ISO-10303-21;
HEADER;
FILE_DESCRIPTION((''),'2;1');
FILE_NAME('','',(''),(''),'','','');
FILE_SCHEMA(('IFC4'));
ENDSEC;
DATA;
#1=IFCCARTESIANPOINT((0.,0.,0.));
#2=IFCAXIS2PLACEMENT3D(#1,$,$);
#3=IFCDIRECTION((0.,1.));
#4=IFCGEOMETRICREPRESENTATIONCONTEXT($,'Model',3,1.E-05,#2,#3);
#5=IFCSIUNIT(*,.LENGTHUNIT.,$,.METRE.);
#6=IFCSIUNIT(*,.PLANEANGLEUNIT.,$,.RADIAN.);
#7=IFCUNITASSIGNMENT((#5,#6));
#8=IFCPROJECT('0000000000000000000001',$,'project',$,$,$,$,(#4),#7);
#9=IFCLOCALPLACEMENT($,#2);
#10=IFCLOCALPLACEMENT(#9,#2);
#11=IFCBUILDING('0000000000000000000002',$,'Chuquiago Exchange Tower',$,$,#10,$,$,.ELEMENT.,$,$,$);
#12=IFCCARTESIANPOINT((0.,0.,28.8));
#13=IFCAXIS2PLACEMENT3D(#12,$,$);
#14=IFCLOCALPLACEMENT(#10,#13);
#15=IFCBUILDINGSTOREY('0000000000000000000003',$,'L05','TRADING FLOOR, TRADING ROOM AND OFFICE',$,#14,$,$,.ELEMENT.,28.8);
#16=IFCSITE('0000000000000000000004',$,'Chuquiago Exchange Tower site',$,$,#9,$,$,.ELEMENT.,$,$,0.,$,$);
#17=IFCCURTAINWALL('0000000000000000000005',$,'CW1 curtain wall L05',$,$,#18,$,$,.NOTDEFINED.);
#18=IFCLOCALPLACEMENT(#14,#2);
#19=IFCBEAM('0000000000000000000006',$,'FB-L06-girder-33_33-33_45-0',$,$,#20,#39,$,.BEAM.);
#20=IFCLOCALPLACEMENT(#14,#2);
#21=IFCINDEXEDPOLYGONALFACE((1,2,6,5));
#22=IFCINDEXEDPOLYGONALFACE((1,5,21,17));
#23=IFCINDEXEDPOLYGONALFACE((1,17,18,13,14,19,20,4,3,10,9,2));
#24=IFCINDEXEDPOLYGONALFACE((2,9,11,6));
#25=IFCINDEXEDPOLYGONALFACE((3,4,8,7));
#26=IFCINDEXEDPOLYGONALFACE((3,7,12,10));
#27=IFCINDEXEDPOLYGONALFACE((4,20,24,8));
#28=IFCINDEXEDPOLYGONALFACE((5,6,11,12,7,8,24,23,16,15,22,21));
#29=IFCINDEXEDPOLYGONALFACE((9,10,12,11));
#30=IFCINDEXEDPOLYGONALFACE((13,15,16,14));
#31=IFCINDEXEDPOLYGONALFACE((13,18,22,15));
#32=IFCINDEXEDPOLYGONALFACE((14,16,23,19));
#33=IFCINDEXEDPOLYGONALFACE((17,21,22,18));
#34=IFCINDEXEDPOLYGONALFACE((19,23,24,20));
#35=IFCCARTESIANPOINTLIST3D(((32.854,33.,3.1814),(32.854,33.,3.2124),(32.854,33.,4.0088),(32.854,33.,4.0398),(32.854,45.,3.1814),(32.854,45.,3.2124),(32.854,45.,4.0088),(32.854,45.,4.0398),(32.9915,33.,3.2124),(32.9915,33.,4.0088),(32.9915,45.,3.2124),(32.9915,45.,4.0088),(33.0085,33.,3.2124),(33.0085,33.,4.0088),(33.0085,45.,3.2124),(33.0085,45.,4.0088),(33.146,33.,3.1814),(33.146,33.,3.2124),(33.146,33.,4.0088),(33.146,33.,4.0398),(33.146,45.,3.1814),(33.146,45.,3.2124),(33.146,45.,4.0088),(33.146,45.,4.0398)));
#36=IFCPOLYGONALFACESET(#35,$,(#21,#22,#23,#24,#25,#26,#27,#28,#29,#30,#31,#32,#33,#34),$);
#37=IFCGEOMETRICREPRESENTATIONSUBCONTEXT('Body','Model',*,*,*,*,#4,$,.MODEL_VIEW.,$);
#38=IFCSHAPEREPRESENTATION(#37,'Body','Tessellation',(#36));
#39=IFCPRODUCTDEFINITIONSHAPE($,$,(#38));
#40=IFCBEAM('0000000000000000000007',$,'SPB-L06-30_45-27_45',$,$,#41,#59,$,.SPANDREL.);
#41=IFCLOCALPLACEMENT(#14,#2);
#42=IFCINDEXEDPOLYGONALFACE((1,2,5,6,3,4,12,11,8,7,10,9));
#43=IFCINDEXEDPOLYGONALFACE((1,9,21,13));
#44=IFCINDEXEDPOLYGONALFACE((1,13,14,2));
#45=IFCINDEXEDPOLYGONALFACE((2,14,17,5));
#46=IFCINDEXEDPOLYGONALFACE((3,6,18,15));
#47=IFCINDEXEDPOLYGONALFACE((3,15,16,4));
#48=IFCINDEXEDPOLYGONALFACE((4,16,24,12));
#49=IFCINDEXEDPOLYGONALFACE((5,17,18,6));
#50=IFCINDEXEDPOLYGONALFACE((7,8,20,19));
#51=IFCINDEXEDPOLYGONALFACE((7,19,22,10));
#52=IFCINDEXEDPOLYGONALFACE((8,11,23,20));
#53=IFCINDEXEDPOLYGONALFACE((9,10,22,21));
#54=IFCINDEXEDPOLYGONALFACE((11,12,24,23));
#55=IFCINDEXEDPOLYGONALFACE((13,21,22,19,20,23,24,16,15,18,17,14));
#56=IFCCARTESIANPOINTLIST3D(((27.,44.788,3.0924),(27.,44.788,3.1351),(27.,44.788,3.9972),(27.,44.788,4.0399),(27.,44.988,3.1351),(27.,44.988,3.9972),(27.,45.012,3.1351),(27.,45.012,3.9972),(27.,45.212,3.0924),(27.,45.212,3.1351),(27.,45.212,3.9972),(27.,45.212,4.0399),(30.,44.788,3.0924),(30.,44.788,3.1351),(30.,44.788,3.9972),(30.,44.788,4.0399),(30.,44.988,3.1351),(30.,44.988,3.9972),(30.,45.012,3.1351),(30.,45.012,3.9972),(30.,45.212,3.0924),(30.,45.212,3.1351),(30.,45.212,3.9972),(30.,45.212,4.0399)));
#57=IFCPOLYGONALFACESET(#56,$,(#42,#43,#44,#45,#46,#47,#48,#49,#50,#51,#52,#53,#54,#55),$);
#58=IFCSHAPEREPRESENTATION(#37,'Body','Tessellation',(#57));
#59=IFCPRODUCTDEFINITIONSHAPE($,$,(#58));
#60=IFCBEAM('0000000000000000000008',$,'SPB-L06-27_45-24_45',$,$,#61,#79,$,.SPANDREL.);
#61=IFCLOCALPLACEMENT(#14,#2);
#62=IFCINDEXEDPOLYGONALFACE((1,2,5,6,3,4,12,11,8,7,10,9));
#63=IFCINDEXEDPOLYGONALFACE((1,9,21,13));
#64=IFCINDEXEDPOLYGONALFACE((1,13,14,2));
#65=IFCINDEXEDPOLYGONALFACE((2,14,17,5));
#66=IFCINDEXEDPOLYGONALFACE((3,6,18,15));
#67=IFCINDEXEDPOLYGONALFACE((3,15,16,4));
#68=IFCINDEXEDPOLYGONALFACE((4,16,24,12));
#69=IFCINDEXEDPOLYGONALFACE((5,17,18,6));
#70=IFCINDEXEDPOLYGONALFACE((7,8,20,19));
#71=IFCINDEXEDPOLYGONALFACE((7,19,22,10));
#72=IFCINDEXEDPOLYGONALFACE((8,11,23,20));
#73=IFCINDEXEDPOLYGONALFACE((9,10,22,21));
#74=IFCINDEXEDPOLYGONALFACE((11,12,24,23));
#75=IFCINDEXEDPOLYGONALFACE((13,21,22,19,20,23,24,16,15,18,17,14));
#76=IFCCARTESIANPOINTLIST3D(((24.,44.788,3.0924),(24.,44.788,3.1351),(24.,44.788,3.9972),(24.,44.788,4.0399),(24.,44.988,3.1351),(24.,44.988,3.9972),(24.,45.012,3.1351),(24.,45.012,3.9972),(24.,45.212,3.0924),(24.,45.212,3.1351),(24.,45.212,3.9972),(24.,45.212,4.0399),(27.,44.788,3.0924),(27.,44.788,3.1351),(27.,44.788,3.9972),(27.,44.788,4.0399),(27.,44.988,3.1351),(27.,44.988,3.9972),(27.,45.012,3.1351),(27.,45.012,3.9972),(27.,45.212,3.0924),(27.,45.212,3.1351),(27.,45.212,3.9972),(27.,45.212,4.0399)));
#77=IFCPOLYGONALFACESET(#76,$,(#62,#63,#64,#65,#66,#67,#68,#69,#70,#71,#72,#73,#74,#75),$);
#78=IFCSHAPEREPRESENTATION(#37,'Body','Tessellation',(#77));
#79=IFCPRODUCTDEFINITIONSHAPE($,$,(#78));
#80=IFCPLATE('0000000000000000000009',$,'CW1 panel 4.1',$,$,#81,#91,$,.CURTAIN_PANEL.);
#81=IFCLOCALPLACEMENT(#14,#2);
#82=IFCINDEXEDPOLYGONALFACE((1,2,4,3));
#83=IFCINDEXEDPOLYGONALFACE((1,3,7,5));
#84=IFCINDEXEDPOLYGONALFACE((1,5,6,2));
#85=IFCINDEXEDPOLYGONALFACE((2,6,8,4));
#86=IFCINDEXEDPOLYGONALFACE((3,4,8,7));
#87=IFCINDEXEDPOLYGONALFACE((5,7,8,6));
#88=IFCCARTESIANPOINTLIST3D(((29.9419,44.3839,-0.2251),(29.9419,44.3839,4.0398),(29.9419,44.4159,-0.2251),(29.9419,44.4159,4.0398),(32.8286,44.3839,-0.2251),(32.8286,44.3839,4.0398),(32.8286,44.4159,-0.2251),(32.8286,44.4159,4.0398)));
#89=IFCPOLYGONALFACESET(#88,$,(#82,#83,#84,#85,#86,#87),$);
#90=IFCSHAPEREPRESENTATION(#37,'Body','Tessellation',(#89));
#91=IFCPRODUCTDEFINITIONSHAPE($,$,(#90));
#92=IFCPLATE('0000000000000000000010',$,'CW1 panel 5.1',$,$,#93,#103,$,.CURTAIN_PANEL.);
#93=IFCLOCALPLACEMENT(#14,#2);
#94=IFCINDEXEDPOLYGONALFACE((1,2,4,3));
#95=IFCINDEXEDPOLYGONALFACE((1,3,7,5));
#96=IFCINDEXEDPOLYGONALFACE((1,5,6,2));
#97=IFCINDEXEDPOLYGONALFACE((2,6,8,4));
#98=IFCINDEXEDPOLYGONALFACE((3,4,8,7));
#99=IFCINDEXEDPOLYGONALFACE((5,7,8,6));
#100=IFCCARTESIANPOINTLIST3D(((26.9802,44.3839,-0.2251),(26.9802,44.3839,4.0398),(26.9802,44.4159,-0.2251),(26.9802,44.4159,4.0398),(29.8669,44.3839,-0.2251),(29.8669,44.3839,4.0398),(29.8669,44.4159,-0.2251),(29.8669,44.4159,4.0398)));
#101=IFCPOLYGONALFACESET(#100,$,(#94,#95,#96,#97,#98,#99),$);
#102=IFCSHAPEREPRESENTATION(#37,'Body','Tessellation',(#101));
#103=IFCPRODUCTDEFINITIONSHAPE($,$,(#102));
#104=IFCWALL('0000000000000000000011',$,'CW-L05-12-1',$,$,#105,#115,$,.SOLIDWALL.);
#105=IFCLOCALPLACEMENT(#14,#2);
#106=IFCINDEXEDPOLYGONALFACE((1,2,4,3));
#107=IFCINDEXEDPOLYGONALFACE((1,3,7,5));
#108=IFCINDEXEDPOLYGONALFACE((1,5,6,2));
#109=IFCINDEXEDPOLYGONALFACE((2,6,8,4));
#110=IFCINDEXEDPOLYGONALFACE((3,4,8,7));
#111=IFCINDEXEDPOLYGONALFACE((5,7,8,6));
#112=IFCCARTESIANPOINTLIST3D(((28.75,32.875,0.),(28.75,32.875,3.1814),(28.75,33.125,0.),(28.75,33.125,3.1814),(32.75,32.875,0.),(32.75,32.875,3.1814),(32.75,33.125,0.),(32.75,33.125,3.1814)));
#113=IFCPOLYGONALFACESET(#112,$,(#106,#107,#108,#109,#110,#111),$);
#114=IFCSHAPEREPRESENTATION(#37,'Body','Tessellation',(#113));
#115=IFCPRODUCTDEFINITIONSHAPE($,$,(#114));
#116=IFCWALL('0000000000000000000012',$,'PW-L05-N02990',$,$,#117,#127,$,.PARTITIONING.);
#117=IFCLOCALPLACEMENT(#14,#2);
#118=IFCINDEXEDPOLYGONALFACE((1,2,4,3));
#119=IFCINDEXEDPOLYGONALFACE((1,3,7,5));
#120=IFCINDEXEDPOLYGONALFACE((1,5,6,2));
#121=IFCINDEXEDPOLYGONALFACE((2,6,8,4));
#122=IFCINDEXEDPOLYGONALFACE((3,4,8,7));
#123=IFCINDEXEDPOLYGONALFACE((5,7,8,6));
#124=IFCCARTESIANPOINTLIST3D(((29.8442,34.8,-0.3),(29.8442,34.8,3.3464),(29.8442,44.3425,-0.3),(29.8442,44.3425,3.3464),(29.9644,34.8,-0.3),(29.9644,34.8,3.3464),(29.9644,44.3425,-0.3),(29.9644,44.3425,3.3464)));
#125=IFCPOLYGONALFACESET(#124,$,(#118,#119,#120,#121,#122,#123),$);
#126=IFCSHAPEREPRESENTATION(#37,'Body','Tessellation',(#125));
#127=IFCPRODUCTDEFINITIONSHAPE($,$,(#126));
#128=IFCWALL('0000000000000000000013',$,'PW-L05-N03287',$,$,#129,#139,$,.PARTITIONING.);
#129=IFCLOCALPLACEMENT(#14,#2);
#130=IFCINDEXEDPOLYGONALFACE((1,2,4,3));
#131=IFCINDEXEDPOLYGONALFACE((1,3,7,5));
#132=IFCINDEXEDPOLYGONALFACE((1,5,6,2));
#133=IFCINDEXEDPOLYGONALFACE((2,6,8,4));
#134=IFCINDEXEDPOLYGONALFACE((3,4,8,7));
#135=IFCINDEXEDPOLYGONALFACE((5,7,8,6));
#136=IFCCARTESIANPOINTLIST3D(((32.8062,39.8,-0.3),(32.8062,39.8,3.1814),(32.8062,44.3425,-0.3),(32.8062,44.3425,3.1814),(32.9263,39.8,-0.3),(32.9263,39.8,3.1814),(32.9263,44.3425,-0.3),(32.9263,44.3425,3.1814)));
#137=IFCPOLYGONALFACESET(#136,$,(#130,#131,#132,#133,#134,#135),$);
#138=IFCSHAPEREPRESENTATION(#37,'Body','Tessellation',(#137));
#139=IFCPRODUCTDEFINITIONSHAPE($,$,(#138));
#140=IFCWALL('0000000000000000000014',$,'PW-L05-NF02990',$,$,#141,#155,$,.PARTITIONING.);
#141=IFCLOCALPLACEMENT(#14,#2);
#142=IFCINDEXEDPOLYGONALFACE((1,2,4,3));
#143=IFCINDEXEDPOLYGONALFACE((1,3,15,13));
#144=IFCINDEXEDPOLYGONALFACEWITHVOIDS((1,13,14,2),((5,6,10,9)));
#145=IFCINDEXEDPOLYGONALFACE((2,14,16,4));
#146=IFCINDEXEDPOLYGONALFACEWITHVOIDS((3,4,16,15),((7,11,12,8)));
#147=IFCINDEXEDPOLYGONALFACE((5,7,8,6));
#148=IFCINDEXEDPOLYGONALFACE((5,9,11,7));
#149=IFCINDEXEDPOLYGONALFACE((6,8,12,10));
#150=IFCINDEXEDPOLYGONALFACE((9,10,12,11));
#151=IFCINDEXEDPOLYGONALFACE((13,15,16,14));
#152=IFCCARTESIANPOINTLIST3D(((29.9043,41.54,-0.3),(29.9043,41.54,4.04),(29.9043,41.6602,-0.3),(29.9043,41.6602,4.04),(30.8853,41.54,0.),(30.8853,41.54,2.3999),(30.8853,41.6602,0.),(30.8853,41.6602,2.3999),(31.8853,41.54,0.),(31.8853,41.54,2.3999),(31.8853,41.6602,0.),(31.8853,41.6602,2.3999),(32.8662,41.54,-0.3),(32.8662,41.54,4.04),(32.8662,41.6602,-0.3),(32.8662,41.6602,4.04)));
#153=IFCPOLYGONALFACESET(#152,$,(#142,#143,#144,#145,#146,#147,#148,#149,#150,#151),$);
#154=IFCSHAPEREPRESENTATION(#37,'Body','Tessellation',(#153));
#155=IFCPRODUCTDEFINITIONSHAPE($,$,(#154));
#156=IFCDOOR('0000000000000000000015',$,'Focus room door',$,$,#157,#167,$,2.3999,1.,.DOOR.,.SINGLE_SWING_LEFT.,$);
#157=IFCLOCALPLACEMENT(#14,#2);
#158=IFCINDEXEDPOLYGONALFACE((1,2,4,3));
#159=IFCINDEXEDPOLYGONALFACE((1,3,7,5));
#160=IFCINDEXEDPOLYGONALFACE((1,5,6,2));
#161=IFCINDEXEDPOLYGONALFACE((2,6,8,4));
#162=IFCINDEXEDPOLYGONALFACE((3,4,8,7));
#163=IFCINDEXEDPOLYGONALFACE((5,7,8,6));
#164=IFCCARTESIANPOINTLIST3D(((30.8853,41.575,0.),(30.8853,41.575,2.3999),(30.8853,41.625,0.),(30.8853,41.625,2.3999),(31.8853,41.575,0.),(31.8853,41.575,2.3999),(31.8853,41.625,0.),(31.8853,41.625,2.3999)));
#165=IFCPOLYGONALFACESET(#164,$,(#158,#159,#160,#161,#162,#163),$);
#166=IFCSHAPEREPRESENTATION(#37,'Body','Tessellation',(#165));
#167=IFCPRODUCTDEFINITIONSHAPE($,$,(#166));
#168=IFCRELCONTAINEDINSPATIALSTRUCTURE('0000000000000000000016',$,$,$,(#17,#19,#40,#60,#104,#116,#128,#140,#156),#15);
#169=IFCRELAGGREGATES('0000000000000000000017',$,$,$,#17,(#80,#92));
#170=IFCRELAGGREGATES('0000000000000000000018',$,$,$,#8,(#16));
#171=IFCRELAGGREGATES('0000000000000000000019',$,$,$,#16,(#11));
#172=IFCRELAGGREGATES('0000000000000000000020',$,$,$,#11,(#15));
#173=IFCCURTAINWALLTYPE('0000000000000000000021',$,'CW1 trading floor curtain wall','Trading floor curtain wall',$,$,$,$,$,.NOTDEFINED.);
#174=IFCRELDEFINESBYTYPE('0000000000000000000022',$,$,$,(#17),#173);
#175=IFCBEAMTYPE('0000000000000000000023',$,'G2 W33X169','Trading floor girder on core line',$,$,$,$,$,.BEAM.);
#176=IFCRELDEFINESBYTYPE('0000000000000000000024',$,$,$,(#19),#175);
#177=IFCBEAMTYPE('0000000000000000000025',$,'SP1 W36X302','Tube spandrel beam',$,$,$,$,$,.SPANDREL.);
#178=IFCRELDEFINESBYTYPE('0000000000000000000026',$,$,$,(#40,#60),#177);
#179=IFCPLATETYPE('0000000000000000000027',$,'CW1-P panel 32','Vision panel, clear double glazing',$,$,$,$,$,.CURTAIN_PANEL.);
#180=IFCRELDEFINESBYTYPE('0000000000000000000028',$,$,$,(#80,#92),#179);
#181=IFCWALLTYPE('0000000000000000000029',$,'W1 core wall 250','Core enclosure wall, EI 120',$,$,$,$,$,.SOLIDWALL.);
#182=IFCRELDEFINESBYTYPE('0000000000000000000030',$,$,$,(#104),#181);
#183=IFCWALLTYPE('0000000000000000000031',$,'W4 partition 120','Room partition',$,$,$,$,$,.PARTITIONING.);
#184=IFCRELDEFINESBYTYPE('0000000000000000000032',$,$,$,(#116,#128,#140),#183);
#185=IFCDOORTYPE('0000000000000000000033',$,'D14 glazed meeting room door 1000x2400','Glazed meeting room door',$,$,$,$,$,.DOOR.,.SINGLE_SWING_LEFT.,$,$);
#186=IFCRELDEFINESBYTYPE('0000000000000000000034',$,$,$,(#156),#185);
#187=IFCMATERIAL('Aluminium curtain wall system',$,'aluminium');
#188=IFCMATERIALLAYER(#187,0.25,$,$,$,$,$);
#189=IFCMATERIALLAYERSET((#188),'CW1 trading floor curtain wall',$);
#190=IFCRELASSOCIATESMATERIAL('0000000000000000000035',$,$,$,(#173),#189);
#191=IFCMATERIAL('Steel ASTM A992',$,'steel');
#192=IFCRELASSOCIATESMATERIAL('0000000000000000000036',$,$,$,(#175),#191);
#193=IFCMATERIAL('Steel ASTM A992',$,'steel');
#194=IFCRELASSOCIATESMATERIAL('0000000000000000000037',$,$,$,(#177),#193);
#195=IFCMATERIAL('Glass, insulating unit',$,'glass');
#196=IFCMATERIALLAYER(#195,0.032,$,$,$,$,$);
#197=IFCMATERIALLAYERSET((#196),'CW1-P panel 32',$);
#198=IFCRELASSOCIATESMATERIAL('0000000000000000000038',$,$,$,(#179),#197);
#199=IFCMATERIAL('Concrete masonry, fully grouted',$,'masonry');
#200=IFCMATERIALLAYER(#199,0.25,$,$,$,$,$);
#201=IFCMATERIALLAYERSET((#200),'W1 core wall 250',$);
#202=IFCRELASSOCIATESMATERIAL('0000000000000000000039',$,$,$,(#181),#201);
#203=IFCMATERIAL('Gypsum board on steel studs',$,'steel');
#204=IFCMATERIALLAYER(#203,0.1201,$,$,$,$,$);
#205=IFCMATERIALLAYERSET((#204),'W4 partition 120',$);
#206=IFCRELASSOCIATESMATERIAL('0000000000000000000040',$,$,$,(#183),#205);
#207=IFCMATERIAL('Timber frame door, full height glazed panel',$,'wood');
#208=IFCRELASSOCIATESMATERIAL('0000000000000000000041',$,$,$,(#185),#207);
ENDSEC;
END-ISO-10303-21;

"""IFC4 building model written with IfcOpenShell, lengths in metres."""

from ifc_helpers import new_model, si_unit, direction, frame, frame_2d, origin, origin_2d, place, context, subcontext, project, spatial, rectangle, i_section, extrude, material, layer, layer_set, material_profile, profile_set, type_object, element, fill, aggregate, save


model = new_model("IFC4")

# Units and contexts
model_context = context("Model", 3, precision=1e-05, world=origin(), true_north=direction((0.0, 1.0)))
body_context = subcontext(model_context, "Body", "Model", "MODEL_VIEW")
ifc_project = project(units=[si_unit("LENGTHUNIT", "METRE"), si_unit("PLANEANGLEUNIT", "RADIAN")], contexts=[model_context])

# Site, building, storey
site_placement = place(None, origin())
site = spatial("IfcSite", under=ifc_project, at=site_placement, Name="Chuquiago Exchange Tower site", CompositionType="ELEMENT", RefElevation=0.0)
building_placement = place(site_placement, origin())
building = spatial("IfcBuilding", under=site, at=building_placement, Name="Chuquiago Exchange Tower", CompositionType="ELEMENT")
storey_placement = place(building_placement, frame((0.0, 0.0, 28.8)))
storey = spatial("IfcBuildingStorey", under=building, at=storey_placement, Name="L05", Description="TRADING FLOOR, TRADING ROOM AND OFFICE", CompositionType="ELEMENT", Elevation=28.8)

# Curtain wall
ifc_material_1 = material(Name="Aluminium curtain wall system", Category="aluminium")
ifc_layer_1 = layer(ifc_material_1, 0.25)
ifc_layer_set_1 = layer_set([ifc_layer_1], Name="CW1 trading floor curtain wall")
curtain_wall_type = type_object("IfcCurtainWallType", Name="CW1 trading floor curtain wall", Description="Trading floor curtain wall", PredefinedType="NOTDEFINED", material=ifc_layer_set_1)
curtain_wall_placement = place(storey_placement, origin())
curtain_wall = element("IfcCurtainWall", 1, at=curtain_wall_placement, inside=storey, type_object=curtain_wall_type, Name="CW1 curtain wall L05", PredefinedType="NOTDEFINED")

# Beams
ifc_material_2 = material(Name="Steel ASTM A992", Category="steel")
ifc_material_profile_1 = material_profile(ifc_material_2, i_section(OverallWidth=0.292, OverallDepth=0.8584, WebThickness=0.0171, FlangeThickness=0.031, at=origin_2d()), Name="W33X169")
ifc_profile_set_1 = profile_set([ifc_material_profile_1], Name="Steel ASTM A992")
beam_type_1 = type_object("IfcBeamType", Name="G2 W33X169", Description="Trading floor girder on core line", PredefinedType="BEAM", material=ifc_profile_set_1)
beam_1_placement = place(storey_placement, frame((33.0, 33.0, 3.6106), z_axis=(0.0, 1.0, 0.0), x_axis=(-1.0, 0.0, 0.0)))
element("IfcBeam", 2, at=beam_1_placement, inside=storey, type_object=beam_type_1, Name="FB-L06-girder-33_33-33_45-0", PredefinedType="BEAM", context=body_context, shape_type="SweptSolid", body=[
    extrude(i_section(OverallWidth=0.292, OverallDepth=0.8584, WebThickness=0.0171, FlangeThickness=0.031, at=origin_2d()), origin(), (0.0, 0.0, 1.0), 12.0),
])
ifc_material_3 = material(Name="Steel ASTM A992", Category="steel")
ifc_material_profile_2 = material_profile(ifc_material_3, i_section(OverallWidth=0.4241, OverallDepth=0.9475, WebThickness=0.0239, FlangeThickness=0.0427, at=origin_2d()), Name="W36X302")
ifc_profile_set_2 = profile_set([ifc_material_profile_2], Name="Steel ASTM A992")
beam_type_2 = type_object("IfcBeamType", Name="SP1 W36X302", Description="Tube spandrel beam", PredefinedType="SPANDREL", material=ifc_profile_set_2)
for number, where, z_axis, x_axis, name in (
    (3, (30.0, 45.0, 3.5662), (-1.0, 0.0, 0.0), (0.0, -1.0, 0.0), "SPB-L06-30_45-27_45"),
    (4, (27.0, 45.0, 3.5662), (-1.0, 0.0, 0.0), (0.0, -1.0, 0.0), "SPB-L06-27_45-24_45"),
):
    element("IfcBeam", number, at=place(storey_placement, frame(where, z_axis=z_axis, x_axis=x_axis)), inside=storey, type_object=beam_type_2, Name=name, PredefinedType="SPANDREL", context=body_context, shape_type="SweptSolid", body=[
        extrude(i_section(OverallWidth=0.4241, OverallDepth=0.9475, WebThickness=0.0239, FlangeThickness=0.0427, at=origin_2d()), origin(), (0.0, 0.0, 1.0), 3.0),
    ])

# Plates
ifc_material_4 = material(Name="Glass, insulating unit", Category="glass")
ifc_layer_2 = layer(ifc_material_4, 0.032)
ifc_layer_set_2 = layer_set([ifc_layer_2], Name="CW1-P panel 32")
plate_type = type_object("IfcPlateType", Name="CW1-P panel 32", Description="Vision panel, clear double glazing", PredefinedType="CURTAIN_PANEL", material=ifc_layer_set_2)
plate_1_placement = place(storey_placement, frame((31.3853, 44.3999, -0.2251), z_axis=(0.0, 0.0, 1.0), x_axis=(-1.0, 0.0, 0.0)))
plate_1 = element("IfcPlate", 5, at=plate_1_placement, type_object=plate_type, Name="CW1 panel 4.1", PredefinedType="CURTAIN_PANEL", context=body_context, shape_type="SweptSolid", body=[
    extrude(rectangle(XDim=2.8867, YDim=0.032, at=origin_2d()), origin(), (0.0, 0.0, 1.0), 4.2649),
])
plate_2_placement = place(storey_placement, frame((28.4236, 44.3999, -0.2251), z_axis=(0.0, 0.0, 1.0), x_axis=(-1.0, 0.0, 0.0)))
plate_2 = element("IfcPlate", 6, at=plate_2_placement, type_object=plate_type, Name="CW1 panel 5.1", PredefinedType="CURTAIN_PANEL", context=body_context, shape_type="SweptSolid", body=[
    extrude(rectangle(XDim=2.8867, YDim=0.032, at=origin_2d()), origin(), (0.0, 0.0, 1.0), 4.2649),
])
aggregate(curtain_wall, [plate_1, plate_2])

# Walls
ifc_material_5 = material(Name="Concrete masonry, fully grouted", Category="masonry")
ifc_layer_3 = layer(ifc_material_5, 0.25)
ifc_layer_set_3 = layer_set([ifc_layer_3], Name="W1 core wall 250")
wall_type_1 = type_object("IfcWallType", Name="W1 core wall 250", Description="Core enclosure wall, EI 120", PredefinedType="SOLIDWALL", material=ifc_layer_set_3)
wall_1_placement = place(storey_placement, frame((28.75, 33.0, 0.0), z_axis=(0.0, 0.0, 1.0), x_axis=(1.0, 0.0, 0.0)))
element("IfcWall", 7, at=wall_1_placement, inside=storey, type_object=wall_type_1, Name="CW-L05-12-1", PredefinedType="SOLIDWALL", context=body_context, shape_type="SweptSolid", body=[
    extrude(rectangle(XDim=4.0, YDim=0.25, at=frame_2d((2.0, 0.0))), origin(), (0.0, 0.0, 1.0), 3.1814),
])
ifc_material_6 = material(Name="Gypsum board on steel studs", Category="steel")
ifc_layer_4 = layer(ifc_material_6, 0.1201)
ifc_layer_set_4 = layer_set([ifc_layer_4], Name="W4 partition 120")
wall_type_2 = type_object("IfcWallType", Name="W4 partition 120", Description="Room partition", PredefinedType="PARTITIONING", material=ifc_layer_set_4)
wall_2_placement = place(storey_placement, frame((29.9043, 44.3425, -0.3), z_axis=(0.0, 0.0, 1.0), x_axis=(0.0, -1.0, 0.0)))
element("IfcWall", 8, at=wall_2_placement, inside=storey, type_object=wall_type_2, Name="PW-L05-N02990", PredefinedType="PARTITIONING", context=body_context, shape_type="SweptSolid", body=[
    extrude(rectangle(XDim=9.5425, YDim=0.1201, at=frame_2d((4.7712, 0.0))), origin(), (0.0, 0.0, 1.0), 3.6465),
])
wall_3_placement = place(storey_placement, frame((32.8662, 44.3425, -0.3), z_axis=(0.0, 0.0, 1.0), x_axis=(0.0, -1.0, 0.0)))
element("IfcWall", 9, at=wall_3_placement, inside=storey, type_object=wall_type_2, Name="PW-L05-N03287", PredefinedType="PARTITIONING", context=body_context, shape_type="SweptSolid", body=[
    extrude(rectangle(XDim=4.5425, YDim=0.1201, at=frame_2d((2.2712, 0.0))), origin(), (0.0, 0.0, 1.0), 3.4814),
])

# Wall, opening, door
wall_4_placement = place(storey_placement, frame((29.9043, 41.6001, -0.3), z_axis=(0.0, 0.0, 1.0), x_axis=(1.0, 0.0, 0.0)))
wall_4 = element("IfcWall", 10, at=wall_4_placement, inside=storey, type_object=wall_type_2, Name="PW-L05-NF02990", PredefinedType="PARTITIONING", context=body_context, shape_type="SweptSolid", body=[
    extrude(rectangle(XDim=2.9619, YDim=0.1201, at=frame_2d((1.481, 0.0))), origin(), (0.0, 0.0, 1.0), 4.3401),
])
opening_1_placement = place(wall_4_placement, frame((0.981, 0.0, 0.3)))
opening_1 = element("IfcOpeningElement", 11, at=opening_1_placement, cuts=wall_4, PredefinedType="OPENING", context=body_context, shape_type="SweptSolid", body=[
    extrude(rectangle(XDim=1.0, YDim=2.3999, at=frame_2d((0.5, 1.2))), frame((0.0, 0.0701, 0.0), z_axis=(0.0, -1.0, 0.0), x_axis=(1.0, 0.0, 0.0)), (0.0, 0.0, 1.0), 0.1401),
])
ifc_material_7 = material(Name="Timber frame door, full height glazed panel", Category="wood")
door_type_1 = type_object("IfcDoorType", Name="D14 glazed meeting room door 1000x2400", Description="Glazed meeting room door", OperationType="SINGLE_SWING_LEFT", PredefinedType="DOOR", material=ifc_material_7)
door_1_placement = place(opening_1_placement, origin())
door_1 = element("IfcDoor", 12, at=door_1_placement, inside=storey, type_object=door_type_1, Name="Focus room door", OperationType="SINGLE_SWING_LEFT", OverallHeight=2.3999, OverallWidth=1.0, PredefinedType="DOOR", context=body_context, shape_type="SweptSolid", body=[
    extrude(rectangle(XDim=1.0, YDim=2.3999, at=frame_2d((0.5, 1.2))), frame((0.0, 0.0249, 0.0), z_axis=(0.0, -1.0, 0.0), x_axis=(1.0, 0.0, 0.0)), (0.0, 0.0, 1.0), 0.05),
])
fill(opening_1, door_1)

save(model, "model.ifc")
